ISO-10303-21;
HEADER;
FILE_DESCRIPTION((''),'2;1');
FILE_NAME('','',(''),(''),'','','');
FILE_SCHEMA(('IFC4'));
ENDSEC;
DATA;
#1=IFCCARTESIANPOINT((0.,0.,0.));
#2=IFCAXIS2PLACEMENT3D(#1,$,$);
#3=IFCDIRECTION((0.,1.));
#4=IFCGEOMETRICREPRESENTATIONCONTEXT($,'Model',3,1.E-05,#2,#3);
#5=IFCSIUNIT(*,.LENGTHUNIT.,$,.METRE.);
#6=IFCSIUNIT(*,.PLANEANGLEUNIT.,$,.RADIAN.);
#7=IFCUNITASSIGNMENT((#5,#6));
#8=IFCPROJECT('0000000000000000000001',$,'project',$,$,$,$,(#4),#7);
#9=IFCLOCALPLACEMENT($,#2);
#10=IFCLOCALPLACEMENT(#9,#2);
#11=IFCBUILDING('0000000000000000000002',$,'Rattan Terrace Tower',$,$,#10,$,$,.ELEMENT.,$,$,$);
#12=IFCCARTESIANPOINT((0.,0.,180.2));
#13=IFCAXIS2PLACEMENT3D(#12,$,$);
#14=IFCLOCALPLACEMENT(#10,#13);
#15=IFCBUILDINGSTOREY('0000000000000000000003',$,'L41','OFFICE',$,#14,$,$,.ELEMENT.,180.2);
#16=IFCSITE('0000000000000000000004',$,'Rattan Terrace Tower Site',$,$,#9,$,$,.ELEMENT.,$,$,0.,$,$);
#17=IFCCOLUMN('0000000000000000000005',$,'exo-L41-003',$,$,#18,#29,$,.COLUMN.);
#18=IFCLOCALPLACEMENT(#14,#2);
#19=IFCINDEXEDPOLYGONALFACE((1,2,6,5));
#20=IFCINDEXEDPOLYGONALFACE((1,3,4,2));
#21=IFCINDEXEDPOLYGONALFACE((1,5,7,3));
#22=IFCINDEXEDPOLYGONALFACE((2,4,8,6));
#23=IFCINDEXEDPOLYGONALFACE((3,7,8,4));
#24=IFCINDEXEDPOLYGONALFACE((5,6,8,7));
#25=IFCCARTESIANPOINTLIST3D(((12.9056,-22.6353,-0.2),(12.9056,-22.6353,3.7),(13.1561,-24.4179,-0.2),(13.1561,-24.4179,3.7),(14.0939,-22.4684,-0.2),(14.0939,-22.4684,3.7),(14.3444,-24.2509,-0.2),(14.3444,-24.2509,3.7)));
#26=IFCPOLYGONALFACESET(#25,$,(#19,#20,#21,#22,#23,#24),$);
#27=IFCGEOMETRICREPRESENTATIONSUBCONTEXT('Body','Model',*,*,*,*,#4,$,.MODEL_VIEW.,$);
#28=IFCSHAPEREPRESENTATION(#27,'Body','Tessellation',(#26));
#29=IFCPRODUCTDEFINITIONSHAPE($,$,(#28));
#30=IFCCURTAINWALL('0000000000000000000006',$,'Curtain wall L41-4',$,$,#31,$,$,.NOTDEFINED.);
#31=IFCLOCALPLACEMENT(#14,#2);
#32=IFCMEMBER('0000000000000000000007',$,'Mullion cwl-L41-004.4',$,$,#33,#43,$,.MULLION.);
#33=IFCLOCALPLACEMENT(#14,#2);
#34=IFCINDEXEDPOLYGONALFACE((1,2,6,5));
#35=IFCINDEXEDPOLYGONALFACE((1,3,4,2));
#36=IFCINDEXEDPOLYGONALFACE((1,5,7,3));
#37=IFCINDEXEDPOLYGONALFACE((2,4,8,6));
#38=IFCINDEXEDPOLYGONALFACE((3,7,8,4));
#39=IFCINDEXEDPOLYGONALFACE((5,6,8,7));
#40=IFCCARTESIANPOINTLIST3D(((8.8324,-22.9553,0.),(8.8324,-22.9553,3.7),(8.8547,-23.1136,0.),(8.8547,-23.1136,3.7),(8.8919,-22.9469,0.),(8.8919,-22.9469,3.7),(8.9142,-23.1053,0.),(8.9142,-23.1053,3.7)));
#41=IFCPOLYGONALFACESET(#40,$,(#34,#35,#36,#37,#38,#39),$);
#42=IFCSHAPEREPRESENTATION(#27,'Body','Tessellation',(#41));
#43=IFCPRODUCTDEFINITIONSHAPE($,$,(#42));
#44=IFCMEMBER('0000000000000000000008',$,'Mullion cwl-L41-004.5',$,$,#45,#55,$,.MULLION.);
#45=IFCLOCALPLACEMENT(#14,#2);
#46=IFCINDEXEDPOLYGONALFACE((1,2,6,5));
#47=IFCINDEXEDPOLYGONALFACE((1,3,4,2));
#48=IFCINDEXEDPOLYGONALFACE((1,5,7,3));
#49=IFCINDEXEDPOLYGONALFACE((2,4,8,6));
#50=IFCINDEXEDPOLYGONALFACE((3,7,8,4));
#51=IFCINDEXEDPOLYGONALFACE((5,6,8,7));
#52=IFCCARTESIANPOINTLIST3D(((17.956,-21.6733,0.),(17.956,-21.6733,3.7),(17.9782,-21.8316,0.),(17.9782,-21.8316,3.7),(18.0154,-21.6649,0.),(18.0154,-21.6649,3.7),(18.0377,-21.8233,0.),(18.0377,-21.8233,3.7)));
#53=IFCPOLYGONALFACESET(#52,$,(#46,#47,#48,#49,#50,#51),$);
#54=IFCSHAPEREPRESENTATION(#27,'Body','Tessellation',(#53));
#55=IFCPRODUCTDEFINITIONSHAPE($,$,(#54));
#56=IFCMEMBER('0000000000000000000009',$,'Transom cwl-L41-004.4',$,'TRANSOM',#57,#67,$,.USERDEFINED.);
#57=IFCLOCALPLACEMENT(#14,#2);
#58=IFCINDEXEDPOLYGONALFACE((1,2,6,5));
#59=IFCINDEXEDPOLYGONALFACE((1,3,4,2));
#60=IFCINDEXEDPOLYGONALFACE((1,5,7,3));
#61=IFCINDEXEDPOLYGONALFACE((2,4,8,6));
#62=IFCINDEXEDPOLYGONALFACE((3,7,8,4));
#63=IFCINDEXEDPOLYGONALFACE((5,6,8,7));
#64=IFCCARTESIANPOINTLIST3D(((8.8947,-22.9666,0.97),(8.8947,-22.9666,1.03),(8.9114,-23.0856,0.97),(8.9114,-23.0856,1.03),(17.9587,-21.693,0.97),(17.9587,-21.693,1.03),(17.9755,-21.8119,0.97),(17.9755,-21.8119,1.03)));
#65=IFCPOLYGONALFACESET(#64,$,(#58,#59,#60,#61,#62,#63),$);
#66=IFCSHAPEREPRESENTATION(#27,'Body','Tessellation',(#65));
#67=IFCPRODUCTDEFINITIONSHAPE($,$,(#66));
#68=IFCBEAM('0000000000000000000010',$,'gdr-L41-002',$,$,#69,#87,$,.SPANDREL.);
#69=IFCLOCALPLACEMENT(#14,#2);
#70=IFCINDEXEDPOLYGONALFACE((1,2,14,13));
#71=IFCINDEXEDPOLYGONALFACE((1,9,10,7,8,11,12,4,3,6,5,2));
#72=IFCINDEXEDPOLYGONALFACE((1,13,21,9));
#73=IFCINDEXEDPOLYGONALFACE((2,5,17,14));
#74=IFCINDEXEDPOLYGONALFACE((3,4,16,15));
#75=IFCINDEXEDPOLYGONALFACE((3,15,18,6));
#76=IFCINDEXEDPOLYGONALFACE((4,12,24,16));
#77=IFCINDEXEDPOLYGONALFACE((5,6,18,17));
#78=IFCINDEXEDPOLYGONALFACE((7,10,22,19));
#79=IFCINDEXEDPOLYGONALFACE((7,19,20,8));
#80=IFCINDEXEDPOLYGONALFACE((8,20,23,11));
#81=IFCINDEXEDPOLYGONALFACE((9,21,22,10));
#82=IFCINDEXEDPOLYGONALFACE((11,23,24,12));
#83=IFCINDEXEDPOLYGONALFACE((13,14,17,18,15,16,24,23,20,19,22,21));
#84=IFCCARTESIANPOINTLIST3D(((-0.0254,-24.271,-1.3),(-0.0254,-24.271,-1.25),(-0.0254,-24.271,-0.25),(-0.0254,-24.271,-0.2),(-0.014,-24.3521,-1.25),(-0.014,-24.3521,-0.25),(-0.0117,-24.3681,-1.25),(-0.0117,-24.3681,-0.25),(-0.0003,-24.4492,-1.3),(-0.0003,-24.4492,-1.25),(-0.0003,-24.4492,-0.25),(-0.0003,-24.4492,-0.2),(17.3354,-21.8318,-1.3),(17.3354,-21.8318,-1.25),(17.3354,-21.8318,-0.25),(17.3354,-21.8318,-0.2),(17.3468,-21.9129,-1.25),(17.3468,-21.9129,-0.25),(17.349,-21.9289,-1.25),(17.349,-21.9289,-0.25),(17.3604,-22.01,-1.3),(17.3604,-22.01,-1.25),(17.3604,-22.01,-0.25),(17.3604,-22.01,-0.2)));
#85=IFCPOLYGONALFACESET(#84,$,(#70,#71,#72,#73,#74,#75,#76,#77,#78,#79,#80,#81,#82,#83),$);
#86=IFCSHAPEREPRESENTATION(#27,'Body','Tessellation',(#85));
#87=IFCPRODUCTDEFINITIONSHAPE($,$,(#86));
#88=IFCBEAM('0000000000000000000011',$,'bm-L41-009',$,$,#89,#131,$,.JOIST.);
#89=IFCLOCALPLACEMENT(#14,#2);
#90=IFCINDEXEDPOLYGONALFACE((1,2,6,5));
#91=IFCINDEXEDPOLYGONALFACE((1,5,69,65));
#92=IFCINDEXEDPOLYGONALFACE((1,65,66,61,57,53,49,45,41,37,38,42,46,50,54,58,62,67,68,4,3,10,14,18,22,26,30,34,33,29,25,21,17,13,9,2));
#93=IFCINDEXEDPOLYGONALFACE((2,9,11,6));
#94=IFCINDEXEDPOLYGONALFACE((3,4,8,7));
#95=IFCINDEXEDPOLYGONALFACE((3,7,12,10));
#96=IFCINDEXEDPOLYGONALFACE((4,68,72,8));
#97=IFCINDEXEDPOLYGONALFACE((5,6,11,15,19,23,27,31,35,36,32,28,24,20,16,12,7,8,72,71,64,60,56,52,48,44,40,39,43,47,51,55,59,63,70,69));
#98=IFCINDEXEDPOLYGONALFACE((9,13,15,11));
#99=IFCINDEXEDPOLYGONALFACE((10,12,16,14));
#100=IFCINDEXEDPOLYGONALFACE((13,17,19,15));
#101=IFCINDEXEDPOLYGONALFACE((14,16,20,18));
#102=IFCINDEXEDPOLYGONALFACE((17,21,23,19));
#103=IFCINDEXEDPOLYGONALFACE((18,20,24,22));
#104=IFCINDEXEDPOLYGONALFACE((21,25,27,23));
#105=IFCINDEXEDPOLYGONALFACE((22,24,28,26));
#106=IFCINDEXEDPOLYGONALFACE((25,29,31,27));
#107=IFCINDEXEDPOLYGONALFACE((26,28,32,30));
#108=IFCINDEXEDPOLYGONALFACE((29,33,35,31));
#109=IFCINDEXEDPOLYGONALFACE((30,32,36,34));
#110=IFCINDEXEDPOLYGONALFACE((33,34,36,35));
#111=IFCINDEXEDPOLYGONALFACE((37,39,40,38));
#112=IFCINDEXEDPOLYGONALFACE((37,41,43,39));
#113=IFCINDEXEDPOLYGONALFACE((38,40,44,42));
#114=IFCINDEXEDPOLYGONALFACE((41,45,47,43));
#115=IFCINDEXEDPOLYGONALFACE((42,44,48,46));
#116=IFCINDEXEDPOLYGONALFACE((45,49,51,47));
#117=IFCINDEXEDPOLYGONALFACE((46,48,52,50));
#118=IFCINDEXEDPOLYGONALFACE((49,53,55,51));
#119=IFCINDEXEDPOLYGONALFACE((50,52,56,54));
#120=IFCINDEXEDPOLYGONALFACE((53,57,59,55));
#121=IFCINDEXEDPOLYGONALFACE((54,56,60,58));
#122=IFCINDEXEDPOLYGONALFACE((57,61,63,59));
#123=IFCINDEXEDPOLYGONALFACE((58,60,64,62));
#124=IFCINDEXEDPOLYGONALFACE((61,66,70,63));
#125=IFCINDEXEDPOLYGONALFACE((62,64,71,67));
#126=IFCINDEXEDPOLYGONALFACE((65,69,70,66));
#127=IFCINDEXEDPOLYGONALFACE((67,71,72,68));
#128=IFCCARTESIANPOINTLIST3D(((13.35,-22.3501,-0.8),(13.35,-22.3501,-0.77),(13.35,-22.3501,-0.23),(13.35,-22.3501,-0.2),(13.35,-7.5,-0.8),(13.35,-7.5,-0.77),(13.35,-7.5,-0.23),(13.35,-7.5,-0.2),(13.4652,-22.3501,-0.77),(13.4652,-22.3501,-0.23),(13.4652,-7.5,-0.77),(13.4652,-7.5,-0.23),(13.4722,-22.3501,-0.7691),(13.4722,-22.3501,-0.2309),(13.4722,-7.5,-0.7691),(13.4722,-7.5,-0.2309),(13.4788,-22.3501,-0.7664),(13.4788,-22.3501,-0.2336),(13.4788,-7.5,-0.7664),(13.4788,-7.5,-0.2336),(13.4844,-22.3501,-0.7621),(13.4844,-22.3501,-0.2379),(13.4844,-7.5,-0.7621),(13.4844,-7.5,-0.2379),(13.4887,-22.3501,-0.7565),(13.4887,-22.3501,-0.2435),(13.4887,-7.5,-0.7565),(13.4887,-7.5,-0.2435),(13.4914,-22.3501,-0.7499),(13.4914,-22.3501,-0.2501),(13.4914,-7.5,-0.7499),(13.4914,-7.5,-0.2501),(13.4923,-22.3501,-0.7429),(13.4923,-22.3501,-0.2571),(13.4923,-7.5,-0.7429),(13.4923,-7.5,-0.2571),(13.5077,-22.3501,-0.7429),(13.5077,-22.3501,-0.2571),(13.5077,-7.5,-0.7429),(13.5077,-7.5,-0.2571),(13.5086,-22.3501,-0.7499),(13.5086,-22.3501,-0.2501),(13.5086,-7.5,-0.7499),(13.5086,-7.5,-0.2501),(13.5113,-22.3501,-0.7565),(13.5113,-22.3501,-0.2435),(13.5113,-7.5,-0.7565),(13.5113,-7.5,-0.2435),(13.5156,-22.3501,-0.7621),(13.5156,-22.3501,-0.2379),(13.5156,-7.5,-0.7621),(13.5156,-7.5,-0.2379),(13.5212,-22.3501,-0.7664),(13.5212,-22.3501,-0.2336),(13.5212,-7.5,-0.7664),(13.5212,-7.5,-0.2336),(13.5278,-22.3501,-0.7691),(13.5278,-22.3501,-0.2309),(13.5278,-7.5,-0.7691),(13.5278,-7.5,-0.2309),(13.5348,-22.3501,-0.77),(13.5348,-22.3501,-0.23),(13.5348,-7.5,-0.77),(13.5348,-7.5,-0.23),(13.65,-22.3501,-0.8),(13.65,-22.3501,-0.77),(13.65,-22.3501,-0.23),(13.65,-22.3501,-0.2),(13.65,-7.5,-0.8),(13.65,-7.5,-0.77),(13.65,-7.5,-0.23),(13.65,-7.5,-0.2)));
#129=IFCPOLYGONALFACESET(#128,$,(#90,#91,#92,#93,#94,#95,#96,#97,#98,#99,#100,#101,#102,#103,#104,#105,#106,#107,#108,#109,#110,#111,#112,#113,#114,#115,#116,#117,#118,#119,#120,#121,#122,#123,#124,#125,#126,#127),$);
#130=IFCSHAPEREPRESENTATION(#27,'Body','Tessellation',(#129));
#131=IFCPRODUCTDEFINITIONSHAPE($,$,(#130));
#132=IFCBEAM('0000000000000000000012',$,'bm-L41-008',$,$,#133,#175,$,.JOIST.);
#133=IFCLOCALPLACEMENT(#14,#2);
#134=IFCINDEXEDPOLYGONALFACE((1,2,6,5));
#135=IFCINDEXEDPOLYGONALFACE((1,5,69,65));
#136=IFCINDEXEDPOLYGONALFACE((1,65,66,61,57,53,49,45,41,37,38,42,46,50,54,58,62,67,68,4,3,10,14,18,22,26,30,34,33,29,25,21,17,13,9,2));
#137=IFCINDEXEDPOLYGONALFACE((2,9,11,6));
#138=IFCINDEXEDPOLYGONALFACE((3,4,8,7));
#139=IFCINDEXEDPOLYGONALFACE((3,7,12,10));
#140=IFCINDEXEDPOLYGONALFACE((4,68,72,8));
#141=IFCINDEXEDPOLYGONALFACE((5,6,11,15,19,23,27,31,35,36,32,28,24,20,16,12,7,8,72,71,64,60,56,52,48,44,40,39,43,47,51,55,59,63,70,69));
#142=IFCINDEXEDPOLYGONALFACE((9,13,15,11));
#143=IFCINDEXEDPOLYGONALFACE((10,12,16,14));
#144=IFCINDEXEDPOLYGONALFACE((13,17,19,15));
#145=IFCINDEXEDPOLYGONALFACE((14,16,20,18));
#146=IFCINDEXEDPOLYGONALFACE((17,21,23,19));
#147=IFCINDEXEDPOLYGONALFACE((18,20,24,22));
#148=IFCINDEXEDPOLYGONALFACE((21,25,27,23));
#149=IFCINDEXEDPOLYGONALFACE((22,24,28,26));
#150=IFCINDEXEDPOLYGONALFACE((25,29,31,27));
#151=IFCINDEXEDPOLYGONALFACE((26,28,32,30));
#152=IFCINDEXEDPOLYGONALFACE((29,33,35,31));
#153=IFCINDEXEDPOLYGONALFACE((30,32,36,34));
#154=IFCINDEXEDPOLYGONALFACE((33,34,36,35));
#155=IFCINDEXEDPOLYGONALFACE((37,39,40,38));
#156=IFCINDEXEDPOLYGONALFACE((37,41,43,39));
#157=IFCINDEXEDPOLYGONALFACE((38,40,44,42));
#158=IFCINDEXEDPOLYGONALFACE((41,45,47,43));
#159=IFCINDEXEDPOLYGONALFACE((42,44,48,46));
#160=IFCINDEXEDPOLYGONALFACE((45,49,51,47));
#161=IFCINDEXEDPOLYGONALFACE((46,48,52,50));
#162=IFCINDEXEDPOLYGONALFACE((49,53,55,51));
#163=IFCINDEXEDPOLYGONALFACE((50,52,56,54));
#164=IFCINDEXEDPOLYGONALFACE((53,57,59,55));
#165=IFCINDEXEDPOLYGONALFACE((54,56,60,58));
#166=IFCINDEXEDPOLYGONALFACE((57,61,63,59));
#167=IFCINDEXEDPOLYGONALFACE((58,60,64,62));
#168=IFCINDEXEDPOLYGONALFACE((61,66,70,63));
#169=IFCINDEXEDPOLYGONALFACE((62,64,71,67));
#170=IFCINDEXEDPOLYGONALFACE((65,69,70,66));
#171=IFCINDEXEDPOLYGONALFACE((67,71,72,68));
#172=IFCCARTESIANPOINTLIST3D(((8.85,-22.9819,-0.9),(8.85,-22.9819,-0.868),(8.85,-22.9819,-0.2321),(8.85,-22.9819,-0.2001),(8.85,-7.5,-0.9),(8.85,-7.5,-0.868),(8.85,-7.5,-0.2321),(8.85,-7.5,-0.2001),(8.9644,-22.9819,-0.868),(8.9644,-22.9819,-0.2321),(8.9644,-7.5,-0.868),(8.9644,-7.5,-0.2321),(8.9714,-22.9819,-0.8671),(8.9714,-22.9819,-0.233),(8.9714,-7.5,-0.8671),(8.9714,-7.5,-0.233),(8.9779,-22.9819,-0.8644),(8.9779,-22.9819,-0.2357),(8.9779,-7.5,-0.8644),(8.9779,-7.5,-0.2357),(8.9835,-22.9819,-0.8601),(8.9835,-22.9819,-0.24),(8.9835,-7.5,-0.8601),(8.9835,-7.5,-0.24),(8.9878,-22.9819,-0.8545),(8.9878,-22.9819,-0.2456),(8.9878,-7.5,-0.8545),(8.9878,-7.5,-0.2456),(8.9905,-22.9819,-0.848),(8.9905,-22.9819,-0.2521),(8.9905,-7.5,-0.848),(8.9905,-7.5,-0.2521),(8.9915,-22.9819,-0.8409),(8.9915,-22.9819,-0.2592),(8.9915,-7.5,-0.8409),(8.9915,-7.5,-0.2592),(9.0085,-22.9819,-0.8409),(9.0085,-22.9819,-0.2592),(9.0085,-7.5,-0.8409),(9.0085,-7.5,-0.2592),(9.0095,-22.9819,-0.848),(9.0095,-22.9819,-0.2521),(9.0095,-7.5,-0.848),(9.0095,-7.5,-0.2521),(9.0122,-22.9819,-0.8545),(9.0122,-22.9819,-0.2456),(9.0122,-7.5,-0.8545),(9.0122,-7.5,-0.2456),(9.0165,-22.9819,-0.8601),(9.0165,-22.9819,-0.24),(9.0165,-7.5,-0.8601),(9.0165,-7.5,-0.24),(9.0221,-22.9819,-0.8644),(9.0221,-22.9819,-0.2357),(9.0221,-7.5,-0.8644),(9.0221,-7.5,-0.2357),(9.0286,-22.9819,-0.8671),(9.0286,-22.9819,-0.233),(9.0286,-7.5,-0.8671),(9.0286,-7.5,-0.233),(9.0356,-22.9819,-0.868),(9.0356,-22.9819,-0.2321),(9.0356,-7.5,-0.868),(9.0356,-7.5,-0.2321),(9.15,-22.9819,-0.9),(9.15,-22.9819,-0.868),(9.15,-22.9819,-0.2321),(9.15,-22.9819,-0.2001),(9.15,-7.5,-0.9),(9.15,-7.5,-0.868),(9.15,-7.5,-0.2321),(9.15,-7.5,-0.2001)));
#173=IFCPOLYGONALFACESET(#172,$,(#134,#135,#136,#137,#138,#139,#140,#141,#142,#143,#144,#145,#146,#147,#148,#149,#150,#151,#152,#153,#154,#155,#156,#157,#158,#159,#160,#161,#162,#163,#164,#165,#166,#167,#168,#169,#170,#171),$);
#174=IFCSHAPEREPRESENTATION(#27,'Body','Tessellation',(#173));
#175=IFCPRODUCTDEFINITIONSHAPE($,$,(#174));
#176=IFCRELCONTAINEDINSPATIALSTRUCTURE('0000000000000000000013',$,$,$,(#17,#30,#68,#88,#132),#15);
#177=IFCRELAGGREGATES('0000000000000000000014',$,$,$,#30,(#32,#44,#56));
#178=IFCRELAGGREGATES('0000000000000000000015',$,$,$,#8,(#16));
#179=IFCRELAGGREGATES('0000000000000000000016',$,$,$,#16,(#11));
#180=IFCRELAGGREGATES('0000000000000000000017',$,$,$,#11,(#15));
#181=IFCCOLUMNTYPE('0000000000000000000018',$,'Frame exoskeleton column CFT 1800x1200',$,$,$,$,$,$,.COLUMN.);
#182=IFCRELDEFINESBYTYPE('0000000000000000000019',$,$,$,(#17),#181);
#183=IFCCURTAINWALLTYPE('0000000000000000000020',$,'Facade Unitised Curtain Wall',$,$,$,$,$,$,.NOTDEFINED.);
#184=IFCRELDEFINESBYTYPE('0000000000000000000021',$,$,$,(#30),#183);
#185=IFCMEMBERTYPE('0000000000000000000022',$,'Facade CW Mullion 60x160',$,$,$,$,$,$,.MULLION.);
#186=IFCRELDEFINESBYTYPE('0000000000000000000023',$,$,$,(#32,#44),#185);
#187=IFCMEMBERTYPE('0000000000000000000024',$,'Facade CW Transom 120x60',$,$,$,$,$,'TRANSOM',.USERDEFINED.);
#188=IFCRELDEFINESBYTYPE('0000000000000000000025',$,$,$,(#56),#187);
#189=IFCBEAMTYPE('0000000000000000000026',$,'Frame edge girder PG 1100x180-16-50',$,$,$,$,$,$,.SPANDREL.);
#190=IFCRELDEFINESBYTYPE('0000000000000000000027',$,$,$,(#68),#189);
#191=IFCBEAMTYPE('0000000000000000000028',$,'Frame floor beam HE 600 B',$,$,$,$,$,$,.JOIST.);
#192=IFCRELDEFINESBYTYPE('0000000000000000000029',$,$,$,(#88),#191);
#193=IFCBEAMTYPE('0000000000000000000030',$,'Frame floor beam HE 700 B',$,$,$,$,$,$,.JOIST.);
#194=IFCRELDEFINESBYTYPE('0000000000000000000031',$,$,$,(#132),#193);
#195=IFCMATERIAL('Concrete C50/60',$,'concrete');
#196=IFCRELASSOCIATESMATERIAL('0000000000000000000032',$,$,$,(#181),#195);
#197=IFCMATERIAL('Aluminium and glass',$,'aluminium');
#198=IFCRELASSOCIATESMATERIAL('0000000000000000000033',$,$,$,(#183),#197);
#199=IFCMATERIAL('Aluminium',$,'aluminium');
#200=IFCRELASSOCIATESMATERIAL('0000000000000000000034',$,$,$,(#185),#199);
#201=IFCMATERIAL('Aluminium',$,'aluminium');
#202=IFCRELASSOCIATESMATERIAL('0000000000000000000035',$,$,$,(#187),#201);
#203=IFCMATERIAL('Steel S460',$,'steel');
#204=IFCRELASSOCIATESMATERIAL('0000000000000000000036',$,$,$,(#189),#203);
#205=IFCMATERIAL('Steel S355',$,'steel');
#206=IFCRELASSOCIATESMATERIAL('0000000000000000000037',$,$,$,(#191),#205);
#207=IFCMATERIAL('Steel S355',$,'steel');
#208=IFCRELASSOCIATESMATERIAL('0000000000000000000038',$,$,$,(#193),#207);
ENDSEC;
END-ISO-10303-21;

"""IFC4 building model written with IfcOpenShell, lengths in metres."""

from ifc_helpers import new_model, si_unit, direction, frame, origin, origin_2d, place, context, subcontext, project, spatial, rectangle, i_section, extrude, material, material_profile, profile_set, type_object, element, aggregate, save


model = new_model("IFC4")

# Units and contexts
model_context = context("Model", 3, precision=1e-05, world=origin(), true_north=direction((0.0, 1.0)))
body_context = subcontext(model_context, "Body", "Model", "MODEL_VIEW")
ifc_project = project(units=[si_unit("LENGTHUNIT", "METRE"), si_unit("PLANEANGLEUNIT", "RADIAN")], contexts=[model_context])

# Site, building, storey
site_placement = place(None, origin())
site = spatial("IfcSite", under=ifc_project, at=site_placement, Name="Rattan Terrace Tower Site", CompositionType="ELEMENT", RefElevation=0.0)
building_placement = place(site_placement, origin())
building = spatial("IfcBuilding", under=site, at=building_placement, Name="Rattan Terrace Tower", CompositionType="ELEMENT")
storey_placement = place(building_placement, frame((0.0, 0.0, 180.2)))
storey = spatial("IfcBuildingStorey", under=building, at=storey_placement, Name="L41", Description="OFFICE", CompositionType="ELEMENT", Elevation=180.2)

# Column
ifc_material_1 = material(Name="Concrete C50/60", Category="concrete")
ifc_material_profile_1 = material_profile(ifc_material_1, rectangle(XDim=1.2, YDim=1.8, at=origin_2d()), Name="CFT 1800x1200")
ifc_profile_set_1 = profile_set([ifc_material_profile_1], Name="Concrete C50/60")
column_type = type_object("IfcColumnType", Name="Frame exoskeleton column CFT 1800x1200", PredefinedType="COLUMN", material=ifc_profile_set_1)
column_placement = place(storey_placement, frame((13.625, -23.4431, -0.2), z_axis=(0.0, 0.0, 1.0), x_axis=(0.99027, 0.139156, 0.0)))
element("IfcColumn", 1, at=column_placement, inside=storey, type_object=column_type, Name="exo-L41-003", PredefinedType="COLUMN", context=body_context, shape_type="SweptSolid", body=[
    extrude(rectangle(XDim=1.2, YDim=1.8, at=origin_2d()), origin(), (0.0, 0.0, 1.0), 3.8999),
])

# Curtain wall, members
ifc_material_2 = material(Name="Aluminium and glass", Category="aluminium")
curtain_wall_type = type_object("IfcCurtainWallType", Name="Facade Unitised Curtain Wall", PredefinedType="NOTDEFINED", material=ifc_material_2)
curtain_wall_placement = place(storey_placement, origin())
curtain_wall = element("IfcCurtainWall", 2, at=curtain_wall_placement, inside=storey, type_object=curtain_wall_type, Name="Curtain wall L41-4", PredefinedType="NOTDEFINED")
ifc_material_3 = material(Name="Aluminium", Category="aluminium")
ifc_material_profile_2 = material_profile(ifc_material_3, rectangle(XDim=0.0601, YDim=0.1599, at=origin_2d()), Name="Aluminium 60x160")
ifc_profile_set_2 = profile_set([ifc_material_profile_2], Name="Aluminium")
member_type_1 = type_object("IfcMemberType", Name="Facade CW Mullion 60x160", PredefinedType="MULLION", material=ifc_profile_set_2)
member_1_placement = place(storey_placement, frame((8.8733, -23.0303, 0.0), z_axis=(0.0, 0.0, 1.0), x_axis=(0.99027, 0.139161, 0.0)))
member_1 = element("IfcMember", 3, at=member_1_placement, type_object=member_type_1, Name="Mullion cwl-L41-004.4", PredefinedType="MULLION", context=body_context, shape_type="SweptSolid", body=[
    extrude(rectangle(XDim=0.0601, YDim=0.1599, at=origin_2d()), origin(), (0.0, 0.0, 1.0), 3.7),
])
member_2_placement = place(storey_placement, frame((17.9968, -21.7483, 0.0), z_axis=(0.0, 0.0, 1.0), x_axis=(0.99027, 0.139161, 0.0)))
member_2 = element("IfcMember", 4, at=member_2_placement, type_object=member_type_1, Name="Mullion cwl-L41-004.5", PredefinedType="MULLION", context=body_context, shape_type="SweptSolid", body=[
    extrude(rectangle(XDim=0.0601, YDim=0.1599, at=origin_2d()), origin(), (0.0, 0.0, 1.0), 3.7),
])
ifc_material_4 = material(Name="Aluminium", Category="aluminium")
ifc_material_profile_3 = material_profile(ifc_material_4, rectangle(XDim=0.1201, YDim=0.0601, at=origin_2d()), Name="Aluminium 120x60")
ifc_profile_set_3 = profile_set([ifc_material_profile_3], Name="Aluminium")
member_type_2 = type_object("IfcMemberType", Name="Facade CW Transom 120x60", ElementType="TRANSOM", PredefinedType="USERDEFINED", material=ifc_profile_set_3)
member_3_placement = place(storey_placement, frame((8.9031, -23.0261, 1.0), z_axis=(0.990271, 0.139154, 0.0), x_axis=(-0.139154, 0.990271, 0.0)))
member_3 = element("IfcMember", 5, at=member_3_placement, type_object=member_type_2, Name="Transom cwl-L41-004.4", ObjectType="TRANSOM", PredefinedType="USERDEFINED", context=body_context, shape_type="SweptSolid", body=[
    extrude(rectangle(XDim=0.1201, YDim=0.0601, at=origin_2d()), origin(), (0.0, 0.0, 1.0), 9.1531),
])

# Beams
ifc_material_5 = material(Name="Steel S460", Category="steel")
ifc_material_profile_4 = material_profile(ifc_material_5, i_section(OverallWidth=0.1799, OverallDepth=1.1001, WebThickness=0.0161, FlangeThickness=0.05, at=origin_2d()), Name="PG 1100x180-16-50")
ifc_profile_set_4 = profile_set([ifc_material_profile_4], Name="Steel S460")
beam_type_1 = type_object("IfcBeamType", Name="Frame edge girder PG 1100x180-16-50", PredefinedType="SPANDREL", material=ifc_profile_set_4)
beam_1_placement = place(storey_placement, frame((17.3479, -21.9209, -0.75), z_axis=(-0.990274, -0.139134, 0.0), x_axis=(0.139134, -0.990274, 0.0)))
element("IfcBeam", 6, at=beam_1_placement, inside=storey, type_object=beam_type_1, Name="gdr-L41-002", PredefinedType="SPANDREL", context=body_context, shape_type="SweptSolid", body=[
    extrude(i_section(OverallWidth=0.1799, OverallDepth=1.1001, WebThickness=0.0161, FlangeThickness=0.05, at=origin_2d()), origin(), (0.0, 0.0, 1.0), 17.5312),
])
ifc_material_6 = material(Name="Steel S355", Category="steel")
ifc_material_profile_5 = material_profile(ifc_material_6, i_section(OverallWidth=0.3, OverallDepth=0.6001, WebThickness=0.0154, FlangeThickness=0.03, FilletRadius=0.0271, at=origin_2d()), Name="HE 600 B")
ifc_profile_set_5 = profile_set([ifc_material_profile_5], Name="Steel S355")
beam_type_2 = type_object("IfcBeamType", Name="Frame floor beam HE 600 B", PredefinedType="JOIST", material=ifc_profile_set_5)
beam_2_placement = place(storey_placement, frame((13.5, -22.3501, -0.5), z_axis=(0.0, 1.0, 0.0), x_axis=(-1.0, 0.0, 0.0)))
element("IfcBeam", 7, at=beam_2_placement, inside=storey, type_object=beam_type_2, Name="bm-L41-009", PredefinedType="JOIST", context=body_context, shape_type="SweptSolid", body=[
    extrude(i_section(OverallWidth=0.3, OverallDepth=0.6001, WebThickness=0.0154, FlangeThickness=0.03, FilletRadius=0.0271, at=origin_2d()), origin(), (0.0, 0.0, 1.0), 14.8501),
])
ifc_material_7 = material(Name="Steel S355", Category="steel")
ifc_material_profile_6 = material_profile(ifc_material_7, i_section(OverallWidth=0.3, OverallDepth=0.7, WebThickness=0.0171, FlangeThickness=0.032, FilletRadius=0.0271, at=origin_2d()), Name="HE 700 B")
ifc_profile_set_6 = profile_set([ifc_material_profile_6], Name="Steel S355")
beam_type_3 = type_object("IfcBeamType", Name="Frame floor beam HE 700 B", PredefinedType="JOIST", material=ifc_profile_set_6)
beam_3_placement = place(storey_placement, frame((9.0, -22.9819, -0.55), z_axis=(0.0, 1.0, 0.0), x_axis=(-1.0, 0.0, 0.0)))
element("IfcBeam", 8, at=beam_3_placement, inside=storey, type_object=beam_type_3, Name="bm-L41-008", PredefinedType="JOIST", context=body_context, shape_type="SweptSolid", body=[
    extrude(i_section(OverallWidth=0.3, OverallDepth=0.7, WebThickness=0.0171, FlangeThickness=0.032, FilletRadius=0.0271, at=origin_2d()), origin(), (0.0, 0.0, 1.0), 15.4819),
])

aggregate(curtain_wall, [member_1, member_2, member_3])

save(model, "model.ifc")
